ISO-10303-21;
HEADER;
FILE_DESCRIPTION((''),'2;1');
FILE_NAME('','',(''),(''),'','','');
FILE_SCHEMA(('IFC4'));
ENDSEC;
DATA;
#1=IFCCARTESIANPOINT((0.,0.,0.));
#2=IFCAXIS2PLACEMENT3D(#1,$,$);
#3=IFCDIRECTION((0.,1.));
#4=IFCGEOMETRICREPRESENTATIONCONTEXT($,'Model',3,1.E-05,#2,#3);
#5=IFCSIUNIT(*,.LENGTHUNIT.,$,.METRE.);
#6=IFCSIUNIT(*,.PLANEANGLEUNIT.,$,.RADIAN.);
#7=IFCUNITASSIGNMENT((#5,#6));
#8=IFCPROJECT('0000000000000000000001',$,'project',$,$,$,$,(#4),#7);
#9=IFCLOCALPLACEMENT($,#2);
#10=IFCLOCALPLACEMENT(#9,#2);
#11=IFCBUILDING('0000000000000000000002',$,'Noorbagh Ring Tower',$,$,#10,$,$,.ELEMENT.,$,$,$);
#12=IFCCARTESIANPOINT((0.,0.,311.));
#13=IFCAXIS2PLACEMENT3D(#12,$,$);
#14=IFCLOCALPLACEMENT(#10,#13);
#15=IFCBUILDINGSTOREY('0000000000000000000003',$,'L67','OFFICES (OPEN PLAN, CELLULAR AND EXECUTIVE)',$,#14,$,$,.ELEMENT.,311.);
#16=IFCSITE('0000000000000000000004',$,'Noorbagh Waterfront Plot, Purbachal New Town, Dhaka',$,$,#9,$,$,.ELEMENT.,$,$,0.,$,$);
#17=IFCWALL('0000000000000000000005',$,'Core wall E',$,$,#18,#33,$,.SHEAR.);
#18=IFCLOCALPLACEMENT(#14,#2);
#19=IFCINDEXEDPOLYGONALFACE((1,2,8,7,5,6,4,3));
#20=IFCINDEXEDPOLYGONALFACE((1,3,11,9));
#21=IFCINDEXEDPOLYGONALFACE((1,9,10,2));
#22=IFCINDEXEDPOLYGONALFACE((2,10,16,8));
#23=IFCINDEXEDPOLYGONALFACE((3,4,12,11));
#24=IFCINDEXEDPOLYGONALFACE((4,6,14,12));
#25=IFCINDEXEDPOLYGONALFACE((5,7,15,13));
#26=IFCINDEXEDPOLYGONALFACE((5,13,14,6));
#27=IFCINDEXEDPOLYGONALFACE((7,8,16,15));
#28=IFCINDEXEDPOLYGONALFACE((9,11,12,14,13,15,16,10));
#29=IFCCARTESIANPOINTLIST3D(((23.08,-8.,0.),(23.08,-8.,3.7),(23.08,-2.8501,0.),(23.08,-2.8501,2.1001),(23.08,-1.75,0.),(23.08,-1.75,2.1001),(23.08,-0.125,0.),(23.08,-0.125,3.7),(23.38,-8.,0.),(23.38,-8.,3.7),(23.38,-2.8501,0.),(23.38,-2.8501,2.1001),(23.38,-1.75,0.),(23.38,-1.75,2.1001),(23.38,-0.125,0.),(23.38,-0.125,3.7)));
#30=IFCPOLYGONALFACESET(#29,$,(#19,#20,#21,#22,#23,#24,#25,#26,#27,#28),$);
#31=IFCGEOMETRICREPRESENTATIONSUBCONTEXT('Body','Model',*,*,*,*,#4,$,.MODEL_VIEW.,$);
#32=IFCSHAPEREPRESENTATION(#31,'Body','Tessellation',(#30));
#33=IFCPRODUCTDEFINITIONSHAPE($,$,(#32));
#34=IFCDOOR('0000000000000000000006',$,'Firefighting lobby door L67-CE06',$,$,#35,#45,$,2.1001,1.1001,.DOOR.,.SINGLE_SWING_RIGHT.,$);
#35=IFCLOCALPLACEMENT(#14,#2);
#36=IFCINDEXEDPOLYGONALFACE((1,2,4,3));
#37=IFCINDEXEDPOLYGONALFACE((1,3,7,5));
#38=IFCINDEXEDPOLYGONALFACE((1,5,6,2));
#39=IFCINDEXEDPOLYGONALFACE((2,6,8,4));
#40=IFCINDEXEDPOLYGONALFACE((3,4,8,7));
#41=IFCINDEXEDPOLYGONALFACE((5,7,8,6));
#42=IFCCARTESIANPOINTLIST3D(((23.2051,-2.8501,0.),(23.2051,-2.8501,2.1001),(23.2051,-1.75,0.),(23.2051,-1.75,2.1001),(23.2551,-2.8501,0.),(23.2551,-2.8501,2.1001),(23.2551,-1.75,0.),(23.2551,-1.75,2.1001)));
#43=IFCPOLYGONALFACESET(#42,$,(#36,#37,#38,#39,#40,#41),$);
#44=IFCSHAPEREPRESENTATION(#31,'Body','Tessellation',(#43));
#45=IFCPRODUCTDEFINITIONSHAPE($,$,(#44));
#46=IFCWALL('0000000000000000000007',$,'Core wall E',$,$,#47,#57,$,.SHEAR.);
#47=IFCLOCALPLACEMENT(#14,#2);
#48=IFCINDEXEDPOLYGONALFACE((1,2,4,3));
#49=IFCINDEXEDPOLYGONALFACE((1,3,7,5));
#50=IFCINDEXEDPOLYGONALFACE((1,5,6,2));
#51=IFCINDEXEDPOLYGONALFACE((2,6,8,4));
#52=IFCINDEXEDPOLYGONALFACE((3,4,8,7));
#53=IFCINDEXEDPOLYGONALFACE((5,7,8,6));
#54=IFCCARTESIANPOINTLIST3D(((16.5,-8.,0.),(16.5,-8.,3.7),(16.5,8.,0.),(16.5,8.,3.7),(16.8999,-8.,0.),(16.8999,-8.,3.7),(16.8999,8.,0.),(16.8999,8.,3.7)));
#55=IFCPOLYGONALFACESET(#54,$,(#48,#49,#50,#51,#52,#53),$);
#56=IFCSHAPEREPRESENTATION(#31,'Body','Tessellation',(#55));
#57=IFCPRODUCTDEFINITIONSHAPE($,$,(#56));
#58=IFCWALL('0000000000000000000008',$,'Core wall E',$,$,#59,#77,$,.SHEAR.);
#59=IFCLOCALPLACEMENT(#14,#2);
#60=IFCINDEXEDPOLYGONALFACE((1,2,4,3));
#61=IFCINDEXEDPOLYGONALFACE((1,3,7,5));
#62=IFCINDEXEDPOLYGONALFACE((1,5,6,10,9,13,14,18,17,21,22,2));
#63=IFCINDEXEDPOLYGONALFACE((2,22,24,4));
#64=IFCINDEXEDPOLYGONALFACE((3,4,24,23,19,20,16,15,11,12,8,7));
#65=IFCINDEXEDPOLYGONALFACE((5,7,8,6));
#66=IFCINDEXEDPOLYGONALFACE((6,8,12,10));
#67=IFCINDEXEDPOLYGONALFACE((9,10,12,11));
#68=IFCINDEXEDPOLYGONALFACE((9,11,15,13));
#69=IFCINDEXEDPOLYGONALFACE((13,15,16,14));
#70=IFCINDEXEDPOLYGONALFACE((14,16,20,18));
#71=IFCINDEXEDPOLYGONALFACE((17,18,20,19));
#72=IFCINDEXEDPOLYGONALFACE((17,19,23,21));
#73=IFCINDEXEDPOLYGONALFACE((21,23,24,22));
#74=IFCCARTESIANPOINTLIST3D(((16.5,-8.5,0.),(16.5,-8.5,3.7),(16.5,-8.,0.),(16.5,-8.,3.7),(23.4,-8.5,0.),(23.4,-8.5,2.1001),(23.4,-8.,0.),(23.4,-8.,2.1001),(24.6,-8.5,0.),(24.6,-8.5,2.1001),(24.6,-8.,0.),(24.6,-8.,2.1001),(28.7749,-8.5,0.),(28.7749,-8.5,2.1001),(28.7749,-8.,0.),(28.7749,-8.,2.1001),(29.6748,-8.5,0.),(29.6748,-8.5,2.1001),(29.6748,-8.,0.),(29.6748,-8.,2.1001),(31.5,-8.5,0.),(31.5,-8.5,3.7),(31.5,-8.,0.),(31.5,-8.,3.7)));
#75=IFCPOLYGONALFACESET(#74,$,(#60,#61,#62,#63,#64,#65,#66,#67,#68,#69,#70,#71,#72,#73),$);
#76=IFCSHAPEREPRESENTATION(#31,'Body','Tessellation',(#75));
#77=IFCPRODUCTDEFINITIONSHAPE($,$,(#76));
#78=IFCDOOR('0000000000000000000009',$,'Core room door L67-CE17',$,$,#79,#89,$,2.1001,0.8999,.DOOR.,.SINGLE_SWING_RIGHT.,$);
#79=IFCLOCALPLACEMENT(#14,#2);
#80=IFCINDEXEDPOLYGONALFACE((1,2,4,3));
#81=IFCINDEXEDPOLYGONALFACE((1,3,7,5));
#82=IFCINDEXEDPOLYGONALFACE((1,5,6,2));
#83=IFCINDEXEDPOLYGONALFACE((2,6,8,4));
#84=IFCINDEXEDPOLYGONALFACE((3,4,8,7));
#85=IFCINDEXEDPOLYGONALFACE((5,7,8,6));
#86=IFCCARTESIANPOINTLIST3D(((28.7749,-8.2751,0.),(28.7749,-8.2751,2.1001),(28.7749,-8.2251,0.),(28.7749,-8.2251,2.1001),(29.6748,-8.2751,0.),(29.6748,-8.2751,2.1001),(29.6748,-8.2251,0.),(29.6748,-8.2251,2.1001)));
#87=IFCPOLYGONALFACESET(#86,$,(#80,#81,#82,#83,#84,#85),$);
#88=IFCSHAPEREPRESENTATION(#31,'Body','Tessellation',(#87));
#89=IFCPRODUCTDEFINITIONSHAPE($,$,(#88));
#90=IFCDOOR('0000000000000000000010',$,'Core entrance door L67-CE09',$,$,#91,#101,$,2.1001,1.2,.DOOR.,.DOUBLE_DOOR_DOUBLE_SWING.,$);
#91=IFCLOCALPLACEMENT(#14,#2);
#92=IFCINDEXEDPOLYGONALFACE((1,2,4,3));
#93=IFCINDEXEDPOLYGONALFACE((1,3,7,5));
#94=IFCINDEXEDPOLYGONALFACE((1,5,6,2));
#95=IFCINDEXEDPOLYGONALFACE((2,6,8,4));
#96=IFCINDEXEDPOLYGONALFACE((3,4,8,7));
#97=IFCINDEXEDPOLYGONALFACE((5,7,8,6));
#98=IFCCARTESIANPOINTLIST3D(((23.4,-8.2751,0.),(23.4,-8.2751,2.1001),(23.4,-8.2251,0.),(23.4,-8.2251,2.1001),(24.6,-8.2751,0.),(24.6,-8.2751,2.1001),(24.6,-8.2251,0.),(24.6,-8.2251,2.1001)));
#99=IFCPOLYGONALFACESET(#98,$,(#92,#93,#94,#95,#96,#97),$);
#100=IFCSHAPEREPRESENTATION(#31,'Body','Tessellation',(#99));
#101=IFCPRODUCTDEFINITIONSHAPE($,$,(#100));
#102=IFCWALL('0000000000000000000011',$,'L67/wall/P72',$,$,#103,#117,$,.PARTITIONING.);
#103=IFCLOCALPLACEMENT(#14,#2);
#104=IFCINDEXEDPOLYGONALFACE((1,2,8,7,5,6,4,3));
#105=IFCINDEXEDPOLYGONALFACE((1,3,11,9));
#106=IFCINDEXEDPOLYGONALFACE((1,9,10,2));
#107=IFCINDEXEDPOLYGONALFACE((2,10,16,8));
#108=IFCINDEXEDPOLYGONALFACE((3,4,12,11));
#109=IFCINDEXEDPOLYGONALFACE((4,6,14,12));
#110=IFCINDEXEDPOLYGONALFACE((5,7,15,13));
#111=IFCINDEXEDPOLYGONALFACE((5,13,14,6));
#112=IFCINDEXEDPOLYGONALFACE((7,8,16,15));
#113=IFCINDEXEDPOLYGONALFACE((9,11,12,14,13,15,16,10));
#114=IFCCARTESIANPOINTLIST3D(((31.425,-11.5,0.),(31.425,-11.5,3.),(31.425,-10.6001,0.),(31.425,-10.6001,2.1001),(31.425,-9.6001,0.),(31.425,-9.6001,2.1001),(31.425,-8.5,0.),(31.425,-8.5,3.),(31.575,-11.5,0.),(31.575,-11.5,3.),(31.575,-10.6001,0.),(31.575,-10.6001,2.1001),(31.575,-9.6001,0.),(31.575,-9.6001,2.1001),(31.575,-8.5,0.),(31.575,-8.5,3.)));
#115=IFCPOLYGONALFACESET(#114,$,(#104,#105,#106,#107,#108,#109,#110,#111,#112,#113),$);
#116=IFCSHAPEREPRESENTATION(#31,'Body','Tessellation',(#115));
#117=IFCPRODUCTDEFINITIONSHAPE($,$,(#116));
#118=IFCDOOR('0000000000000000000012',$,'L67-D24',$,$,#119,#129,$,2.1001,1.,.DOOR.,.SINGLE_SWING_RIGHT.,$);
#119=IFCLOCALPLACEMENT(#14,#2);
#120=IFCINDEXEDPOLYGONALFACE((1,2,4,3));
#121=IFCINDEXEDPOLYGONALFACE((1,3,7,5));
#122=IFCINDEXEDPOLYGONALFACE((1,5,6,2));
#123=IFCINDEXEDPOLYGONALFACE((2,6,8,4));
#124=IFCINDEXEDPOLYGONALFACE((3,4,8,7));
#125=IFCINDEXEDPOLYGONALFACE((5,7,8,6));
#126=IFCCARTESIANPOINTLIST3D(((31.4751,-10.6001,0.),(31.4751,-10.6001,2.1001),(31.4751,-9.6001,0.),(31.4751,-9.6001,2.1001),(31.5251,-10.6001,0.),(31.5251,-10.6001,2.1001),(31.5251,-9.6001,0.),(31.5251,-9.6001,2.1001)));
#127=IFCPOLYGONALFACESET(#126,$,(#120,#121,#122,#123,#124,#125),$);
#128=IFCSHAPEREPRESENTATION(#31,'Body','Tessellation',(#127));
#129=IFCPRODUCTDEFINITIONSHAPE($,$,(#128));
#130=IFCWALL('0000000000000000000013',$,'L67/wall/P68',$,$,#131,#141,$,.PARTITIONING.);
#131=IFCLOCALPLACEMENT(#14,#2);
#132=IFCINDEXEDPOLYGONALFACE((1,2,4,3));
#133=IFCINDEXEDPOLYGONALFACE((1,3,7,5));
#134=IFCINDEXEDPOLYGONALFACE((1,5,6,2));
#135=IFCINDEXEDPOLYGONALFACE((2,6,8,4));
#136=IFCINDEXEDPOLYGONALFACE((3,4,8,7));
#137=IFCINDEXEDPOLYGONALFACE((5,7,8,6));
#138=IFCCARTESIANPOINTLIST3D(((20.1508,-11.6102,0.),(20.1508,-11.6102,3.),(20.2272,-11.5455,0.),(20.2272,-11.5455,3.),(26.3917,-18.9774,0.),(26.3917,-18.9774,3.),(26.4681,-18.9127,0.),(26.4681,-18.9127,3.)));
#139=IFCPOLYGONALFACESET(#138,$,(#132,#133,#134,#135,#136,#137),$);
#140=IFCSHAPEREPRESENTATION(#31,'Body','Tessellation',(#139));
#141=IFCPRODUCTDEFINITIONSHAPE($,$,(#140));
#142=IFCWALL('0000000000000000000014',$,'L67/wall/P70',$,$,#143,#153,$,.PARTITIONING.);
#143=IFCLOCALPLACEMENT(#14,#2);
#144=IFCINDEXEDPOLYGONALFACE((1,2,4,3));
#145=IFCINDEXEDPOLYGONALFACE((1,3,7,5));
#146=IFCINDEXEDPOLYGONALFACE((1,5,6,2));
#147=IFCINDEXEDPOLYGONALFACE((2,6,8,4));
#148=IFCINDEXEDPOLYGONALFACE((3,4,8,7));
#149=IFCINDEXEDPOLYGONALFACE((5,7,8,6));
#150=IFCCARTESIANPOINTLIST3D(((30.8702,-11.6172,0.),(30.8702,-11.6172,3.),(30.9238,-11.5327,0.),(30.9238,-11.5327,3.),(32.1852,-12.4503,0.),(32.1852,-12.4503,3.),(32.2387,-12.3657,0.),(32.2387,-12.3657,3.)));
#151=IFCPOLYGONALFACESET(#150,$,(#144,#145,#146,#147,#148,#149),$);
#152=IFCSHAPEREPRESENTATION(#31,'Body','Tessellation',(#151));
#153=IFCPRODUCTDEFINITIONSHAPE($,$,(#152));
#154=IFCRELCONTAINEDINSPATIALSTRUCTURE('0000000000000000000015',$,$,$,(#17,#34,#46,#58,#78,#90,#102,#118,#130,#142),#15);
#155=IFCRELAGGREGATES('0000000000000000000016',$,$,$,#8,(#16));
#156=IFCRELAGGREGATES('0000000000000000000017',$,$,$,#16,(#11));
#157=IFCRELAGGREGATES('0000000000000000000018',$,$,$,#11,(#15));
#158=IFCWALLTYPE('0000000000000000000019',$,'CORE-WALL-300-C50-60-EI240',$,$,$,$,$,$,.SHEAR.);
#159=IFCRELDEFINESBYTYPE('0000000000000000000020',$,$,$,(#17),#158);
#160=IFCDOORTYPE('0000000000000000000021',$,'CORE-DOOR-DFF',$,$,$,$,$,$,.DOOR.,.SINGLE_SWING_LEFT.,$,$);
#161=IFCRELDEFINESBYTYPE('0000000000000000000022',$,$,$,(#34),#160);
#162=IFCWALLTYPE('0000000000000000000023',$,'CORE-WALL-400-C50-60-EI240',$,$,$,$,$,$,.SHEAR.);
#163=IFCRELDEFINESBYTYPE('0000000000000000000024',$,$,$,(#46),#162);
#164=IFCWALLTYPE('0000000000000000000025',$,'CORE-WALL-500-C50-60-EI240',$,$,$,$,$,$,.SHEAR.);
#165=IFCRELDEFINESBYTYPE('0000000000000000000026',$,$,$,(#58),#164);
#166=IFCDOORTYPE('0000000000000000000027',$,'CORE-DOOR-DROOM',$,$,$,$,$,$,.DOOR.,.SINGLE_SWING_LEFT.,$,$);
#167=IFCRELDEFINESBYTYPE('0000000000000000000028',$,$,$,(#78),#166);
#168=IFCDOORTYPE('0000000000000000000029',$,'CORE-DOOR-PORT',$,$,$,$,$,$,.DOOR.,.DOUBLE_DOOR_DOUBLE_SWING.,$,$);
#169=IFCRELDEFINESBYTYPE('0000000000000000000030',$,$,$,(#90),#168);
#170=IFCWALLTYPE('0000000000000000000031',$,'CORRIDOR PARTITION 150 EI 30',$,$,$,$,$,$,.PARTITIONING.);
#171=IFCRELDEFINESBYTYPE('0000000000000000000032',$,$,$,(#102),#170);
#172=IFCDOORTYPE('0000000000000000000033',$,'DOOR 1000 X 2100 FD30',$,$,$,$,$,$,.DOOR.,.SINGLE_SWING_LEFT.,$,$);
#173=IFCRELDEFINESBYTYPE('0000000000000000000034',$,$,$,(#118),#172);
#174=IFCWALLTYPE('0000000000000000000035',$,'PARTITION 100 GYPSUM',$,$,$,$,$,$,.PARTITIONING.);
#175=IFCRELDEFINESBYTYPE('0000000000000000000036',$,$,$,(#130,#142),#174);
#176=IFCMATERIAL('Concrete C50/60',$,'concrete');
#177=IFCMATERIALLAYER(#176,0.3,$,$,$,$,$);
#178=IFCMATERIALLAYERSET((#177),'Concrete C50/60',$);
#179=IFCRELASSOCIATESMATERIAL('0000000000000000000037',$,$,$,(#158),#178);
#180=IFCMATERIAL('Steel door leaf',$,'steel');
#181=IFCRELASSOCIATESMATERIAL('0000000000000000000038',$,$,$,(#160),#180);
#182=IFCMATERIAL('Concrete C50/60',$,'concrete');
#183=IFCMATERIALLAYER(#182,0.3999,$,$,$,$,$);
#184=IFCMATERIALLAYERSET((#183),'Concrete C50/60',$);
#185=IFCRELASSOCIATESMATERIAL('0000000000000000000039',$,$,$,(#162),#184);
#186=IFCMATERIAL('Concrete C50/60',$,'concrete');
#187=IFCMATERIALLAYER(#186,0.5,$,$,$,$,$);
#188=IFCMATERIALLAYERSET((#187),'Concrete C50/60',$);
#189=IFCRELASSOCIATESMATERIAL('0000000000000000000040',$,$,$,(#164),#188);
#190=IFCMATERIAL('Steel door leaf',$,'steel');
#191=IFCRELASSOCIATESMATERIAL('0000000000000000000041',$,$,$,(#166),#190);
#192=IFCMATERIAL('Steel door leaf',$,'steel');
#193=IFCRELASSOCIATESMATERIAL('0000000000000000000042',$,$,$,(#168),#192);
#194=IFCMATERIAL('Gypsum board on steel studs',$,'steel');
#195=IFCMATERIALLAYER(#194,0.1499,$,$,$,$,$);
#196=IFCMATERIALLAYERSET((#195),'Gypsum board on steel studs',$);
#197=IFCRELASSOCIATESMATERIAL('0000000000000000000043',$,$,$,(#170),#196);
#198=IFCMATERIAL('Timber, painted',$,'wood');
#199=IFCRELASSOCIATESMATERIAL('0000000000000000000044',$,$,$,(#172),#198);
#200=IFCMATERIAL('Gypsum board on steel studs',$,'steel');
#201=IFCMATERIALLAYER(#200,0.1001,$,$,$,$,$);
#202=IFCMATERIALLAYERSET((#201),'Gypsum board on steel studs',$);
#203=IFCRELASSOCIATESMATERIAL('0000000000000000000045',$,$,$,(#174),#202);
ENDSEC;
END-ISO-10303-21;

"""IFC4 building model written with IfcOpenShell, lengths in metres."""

from ifc_helpers import new_model, si_unit, direction, frame, frame_2d, origin, place, context, subcontext, project, spatial, rectangle, extrude, material, layer, layer_set, type_object, element, fill, save


model = new_model("IFC4")

# Units and contexts
model_context = context("Model", 3, precision=1e-05, world=origin(), true_north=direction((0.0, 1.0)))
body_context = subcontext(model_context, "Body", "Model", "MODEL_VIEW")
ifc_project = project(units=[si_unit("LENGTHUNIT", "METRE"), si_unit("PLANEANGLEUNIT", "RADIAN")], contexts=[model_context])

# Site, building, storey
site_placement = place(None, origin())
site = spatial("IfcSite", under=ifc_project, at=site_placement, Name="Noorbagh Waterfront Plot, Purbachal New Town, Dhaka", CompositionType="ELEMENT", RefElevation=0.0)
building_placement = place(site_placement, origin())
building = spatial("IfcBuilding", under=site, at=building_placement, Name="Noorbagh Ring Tower", CompositionType="ELEMENT")
storey_placement = place(building_placement, frame((0.0, 0.0, 311.0)))
storey = spatial("IfcBuildingStorey", under=building, at=storey_placement, Name="L67", Description="OFFICES (OPEN PLAN, CELLULAR AND EXECUTIVE)", CompositionType="ELEMENT", Elevation=311.0)

# Wall, opening, door
ifc_material_1 = material(Name="Concrete C50/60", Category="concrete")
ifc_layer_1 = layer(ifc_material_1, 0.3)
ifc_layer_set_1 = layer_set([ifc_layer_1], Name="Concrete C50/60")
wall_type_1 = type_object("IfcWallType", Name="CORE-WALL-300-C50-60-EI240", PredefinedType="SHEAR", material=ifc_layer_set_1)
wall_1_placement = place(storey_placement, frame((23.23, -8.0, 0.0), z_axis=(0.0, 0.0, 1.0), x_axis=(0.0, 1.0, 0.0)))
wall_1 = element("IfcWall", 1, at=wall_1_placement, inside=storey, type_object=wall_type_1, Name="Core wall E", PredefinedType="SHEAR", context=body_context, shape_type="SweptSolid", body=[
    extrude(rectangle(XDim=7.875, YDim=0.3, at=frame_2d((3.9375, 0.0))), origin(), (0.0, 0.0, 1.0), 3.7),
])
opening_1_placement = place(wall_1_placement, frame((5.1499, 0.0, 0.0)))
opening_1 = element("IfcOpeningElement", 2, at=opening_1_placement, cuts=wall_1, PredefinedType="OPENING", context=body_context, shape_type="SweptSolid", body=[
    extrude(rectangle(XDim=1.1001, YDim=2.1001, at=frame_2d((0.55, 1.05))), frame((0.0, 0.1602, 0.0), z_axis=(0.0, -1.0, 0.0), x_axis=(1.0, 0.0, 0.0)), (0.0, 0.0, 1.0), 0.3201),
])
ifc_material_2 = material(Name="Steel door leaf", Category="steel")
door_type_1 = type_object("IfcDoorType", Name="CORE-DOOR-DFF", OperationType="SINGLE_SWING_LEFT", PredefinedType="DOOR", material=ifc_material_2)
door_1_placement = place(opening_1_placement, origin())
door_1 = element("IfcDoor", 3, at=door_1_placement, inside=storey, type_object=door_type_1, Name="Firefighting lobby door L67-CE06", OperationType="SINGLE_SWING_RIGHT", OverallHeight=2.1001, OverallWidth=1.1001, PredefinedType="DOOR", context=body_context, shape_type="SweptSolid", body=[
    extrude(rectangle(XDim=1.1001, YDim=2.1001, at=frame_2d((0.55, 1.05))), frame((0.0, 0.0249, 0.0), z_axis=(0.0, -1.0, 0.0), x_axis=(1.0, 0.0, 0.0)), (0.0, 0.0, 1.0), 0.05),
])
fill(opening_1, door_1)

# Wall
ifc_material_3 = material(Name="Concrete C50/60", Category="concrete")
ifc_layer_2 = layer(ifc_material_3, 0.3999)
ifc_layer_set_2 = layer_set([ifc_layer_2], Name="Concrete C50/60")
wall_type_2 = type_object("IfcWallType", Name="CORE-WALL-400-C50-60-EI240", PredefinedType="SHEAR", material=ifc_layer_set_2)
wall_2_placement = place(storey_placement, frame((16.7, -8.0, 0.0), z_axis=(0.0, 0.0, 1.0), x_axis=(0.0, 1.0, 0.0)))
element("IfcWall", 4, at=wall_2_placement, inside=storey, type_object=wall_type_2, Name="Core wall E", PredefinedType="SHEAR", context=body_context, shape_type="SweptSolid", body=[
    extrude(rectangle(XDim=16.0, YDim=0.3999, at=frame_2d((8.0, 0.0))), origin(), (0.0, 0.0, 1.0), 3.7),
])

# Wall, openings, doors
ifc_material_4 = material(Name="Concrete C50/60", Category="concrete")
ifc_layer_3 = layer(ifc_material_4, 0.5)
ifc_layer_set_3 = layer_set([ifc_layer_3], Name="Concrete C50/60")
wall_type_3 = type_object("IfcWallType", Name="CORE-WALL-500-C50-60-EI240", PredefinedType="SHEAR", material=ifc_layer_set_3)
wall_3_placement = place(storey_placement, frame((16.5, -8.25, 0.0), z_axis=(0.0, 0.0, 1.0), x_axis=(1.0, 0.0, 0.0)))
wall_3 = element("IfcWall", 5, at=wall_3_placement, inside=storey, type_object=wall_type_3, Name="Core wall E", PredefinedType="SHEAR", context=body_context, shape_type="SweptSolid", body=[
    extrude(rectangle(XDim=15.0, YDim=0.5, at=frame_2d((7.5, 0.0))), origin(), (0.0, 0.0, 1.0), 3.7),
])
opening_2_placement = place(wall_3_placement, frame((6.8999, 0.0, 0.0)))
opening_2 = element("IfcOpeningElement", 6, at=opening_2_placement, cuts=wall_3, PredefinedType="OPENING", context=body_context, shape_type="SweptSolid", body=[
    extrude(rectangle(XDim=1.2, YDim=2.1001, at=frame_2d((0.6001, 1.05))), frame((0.0, 0.26, 0.0), z_axis=(0.0, -1.0, 0.0), x_axis=(1.0, 0.0, 0.0)), (0.0, 0.0, 1.0), 0.52),
])
opening_3_placement = place(wall_3_placement, frame((12.2749, 0.0, 0.0)))
opening_3 = element("IfcOpeningElement", 7, at=opening_3_placement, cuts=wall_3, PredefinedType="OPENING", context=body_context, shape_type="SweptSolid", body=[
    extrude(rectangle(XDim=0.8999, YDim=2.1001, at=frame_2d((0.45, 1.05))), frame((0.0, 0.26, 0.0), z_axis=(0.0, -1.0, 0.0), x_axis=(1.0, 0.0, 0.0)), (0.0, 0.0, 1.0), 0.52),
])
ifc_material_5 = material(Name="Steel door leaf", Category="steel")
door_type_2 = type_object("IfcDoorType", Name="CORE-DOOR-DROOM", OperationType="SINGLE_SWING_LEFT", PredefinedType="DOOR", material=ifc_material_5)
door_2_placement = place(opening_3_placement, origin())
door_2 = element("IfcDoor", 8, at=door_2_placement, inside=storey, type_object=door_type_2, Name="Core room door L67-CE17", OperationType="SINGLE_SWING_RIGHT", OverallHeight=2.1001, OverallWidth=0.8999, PredefinedType="DOOR", context=body_context, shape_type="SweptSolid", body=[
    extrude(rectangle(XDim=0.8999, YDim=2.1001, at=frame_2d((0.45, 1.05))), frame((0.0, 0.0249, 0.0), z_axis=(0.0, -1.0, 0.0), x_axis=(1.0, 0.0, 0.0)), (0.0, 0.0, 1.0), 0.05),
])
fill(opening_3, door_2)
ifc_material_6 = material(Name="Steel door leaf", Category="steel")
door_type_3 = type_object("IfcDoorType", Name="CORE-DOOR-PORT", OperationType="DOUBLE_DOOR_DOUBLE_SWING", PredefinedType="DOOR", material=ifc_material_6)
door_3_placement = place(opening_2_placement, origin())
door_3 = element("IfcDoor", 9, at=door_3_placement, inside=storey, type_object=door_type_3, Name="Core entrance door L67-CE09", OperationType="DOUBLE_DOOR_DOUBLE_SWING", OverallHeight=2.1001, OverallWidth=1.2, PredefinedType="DOOR", context=body_context, shape_type="SweptSolid", body=[
    extrude(rectangle(XDim=1.2, YDim=2.1001, at=frame_2d((0.6001, 1.05))), frame((0.0, 0.0249, 0.0), z_axis=(0.0, -1.0, 0.0), x_axis=(1.0, 0.0, 0.0)), (0.0, 0.0, 1.0), 0.05),
])
fill(opening_2, door_3)

# Wall, opening, door
ifc_material_7 = material(Name="Gypsum board on steel studs", Category="steel")
ifc_layer_4 = layer(ifc_material_7, 0.1499)
ifc_layer_set_4 = layer_set([ifc_layer_4], Name="Gypsum board on steel studs")
wall_type_4 = type_object("IfcWallType", Name="CORRIDOR PARTITION 150 EI 30", PredefinedType="PARTITIONING", material=ifc_layer_set_4)
wall_4_placement = place(storey_placement, frame((31.5, -11.5, 0.0), z_axis=(0.0, 0.0, 1.0), x_axis=(0.0, 1.0, 0.0)))
wall_4 = element("IfcWall", 10, at=wall_4_placement, inside=storey, type_object=wall_type_4, Name="L67/wall/P72", PredefinedType="PARTITIONING", context=body_context, shape_type="SweptSolid", body=[
    extrude(rectangle(XDim=3.0, YDim=0.1499, at=frame_2d((1.5, 0.0))), origin(), (0.0, 0.0, 1.0), 3.0),
])
opening_4_placement = place(wall_4_placement, frame((0.8999, 0.0, 0.0)))
opening_4 = element("IfcOpeningElement", 11, at=opening_4_placement, cuts=wall_4, PredefinedType="OPENING", context=body_context, shape_type="SweptSolid", body=[
    extrude(rectangle(XDim=1.0, YDim=2.1001, at=frame_2d((0.5, 1.05))), frame((0.0, 0.085, 0.0), z_axis=(0.0, -1.0, 0.0), x_axis=(1.0, 0.0, 0.0)), (0.0, 0.0, 1.0), 0.1699),
])
ifc_material_8 = material(Name="Timber, painted", Category="wood")
door_type_4 = type_object("IfcDoorType", Name="DOOR 1000 X 2100 FD30", OperationType="SINGLE_SWING_LEFT", PredefinedType="DOOR", material=ifc_material_8)
door_4_placement = place(opening_4_placement, origin())
door_4 = element("IfcDoor", 12, at=door_4_placement, inside=storey, type_object=door_type_4, Name="L67-D24", OperationType="SINGLE_SWING_RIGHT", OverallHeight=2.1001, OverallWidth=1.0, PredefinedType="DOOR", context=body_context, shape_type="SweptSolid", body=[
    extrude(rectangle(XDim=1.0, YDim=2.1001, at=frame_2d((0.5, 1.05))), frame((0.0, 0.0249, 0.0), z_axis=(0.0, -1.0, 0.0), x_axis=(1.0, 0.0, 0.0)), (0.0, 0.0, 1.0), 0.05),
])
fill(opening_4, door_4)

# Walls
ifc_material_9 = material(Name="Gypsum board on steel studs", Category="steel")
ifc_layer_5 = layer(ifc_material_9, 0.1001)
ifc_layer_set_5 = layer_set([ifc_layer_5], Name="Gypsum board on steel studs")
wall_type_5 = type_object("IfcWallType", Name="PARTITION 100 GYPSUM", PredefinedType="PARTITIONING", material=ifc_layer_set_5)
wall_5_placement = place(storey_placement, frame((20.189, -11.5779, 0.0), z_axis=(0.0, 0.0, 1.0), x_axis=(0.646376, -0.763019, 0.0)))
element("IfcWall", 13, at=wall_5_placement, inside=storey, type_object=wall_type_5, Name="L67/wall/P68", PredefinedType="PARTITIONING", context=body_context, shape_type="SweptSolid", body=[
    extrude(rectangle(XDim=9.6553, YDim=0.1001, at=frame_2d((4.8276, 0.0))), origin(), (0.0, 0.0, 1.0), 3.0),
])
wall_6_placement = place(storey_placement, frame((30.897, -11.575, 0.0), z_axis=(0.0, 0.0, 1.0), x_axis=(0.844758, -0.535149, 0.0)))
element("IfcWall", 14, at=wall_6_placement, inside=storey, type_object=wall_type_5, Name="L67/wall/P70", PredefinedType="PARTITIONING", context=body_context, shape_type="SweptSolid", body=[
    extrude(rectangle(XDim=1.5566, YDim=0.1001, at=frame_2d((0.7783, 0.0))), origin(), (0.0, 0.0, 1.0), 3.0),
])

save(model, "model.ifc")
